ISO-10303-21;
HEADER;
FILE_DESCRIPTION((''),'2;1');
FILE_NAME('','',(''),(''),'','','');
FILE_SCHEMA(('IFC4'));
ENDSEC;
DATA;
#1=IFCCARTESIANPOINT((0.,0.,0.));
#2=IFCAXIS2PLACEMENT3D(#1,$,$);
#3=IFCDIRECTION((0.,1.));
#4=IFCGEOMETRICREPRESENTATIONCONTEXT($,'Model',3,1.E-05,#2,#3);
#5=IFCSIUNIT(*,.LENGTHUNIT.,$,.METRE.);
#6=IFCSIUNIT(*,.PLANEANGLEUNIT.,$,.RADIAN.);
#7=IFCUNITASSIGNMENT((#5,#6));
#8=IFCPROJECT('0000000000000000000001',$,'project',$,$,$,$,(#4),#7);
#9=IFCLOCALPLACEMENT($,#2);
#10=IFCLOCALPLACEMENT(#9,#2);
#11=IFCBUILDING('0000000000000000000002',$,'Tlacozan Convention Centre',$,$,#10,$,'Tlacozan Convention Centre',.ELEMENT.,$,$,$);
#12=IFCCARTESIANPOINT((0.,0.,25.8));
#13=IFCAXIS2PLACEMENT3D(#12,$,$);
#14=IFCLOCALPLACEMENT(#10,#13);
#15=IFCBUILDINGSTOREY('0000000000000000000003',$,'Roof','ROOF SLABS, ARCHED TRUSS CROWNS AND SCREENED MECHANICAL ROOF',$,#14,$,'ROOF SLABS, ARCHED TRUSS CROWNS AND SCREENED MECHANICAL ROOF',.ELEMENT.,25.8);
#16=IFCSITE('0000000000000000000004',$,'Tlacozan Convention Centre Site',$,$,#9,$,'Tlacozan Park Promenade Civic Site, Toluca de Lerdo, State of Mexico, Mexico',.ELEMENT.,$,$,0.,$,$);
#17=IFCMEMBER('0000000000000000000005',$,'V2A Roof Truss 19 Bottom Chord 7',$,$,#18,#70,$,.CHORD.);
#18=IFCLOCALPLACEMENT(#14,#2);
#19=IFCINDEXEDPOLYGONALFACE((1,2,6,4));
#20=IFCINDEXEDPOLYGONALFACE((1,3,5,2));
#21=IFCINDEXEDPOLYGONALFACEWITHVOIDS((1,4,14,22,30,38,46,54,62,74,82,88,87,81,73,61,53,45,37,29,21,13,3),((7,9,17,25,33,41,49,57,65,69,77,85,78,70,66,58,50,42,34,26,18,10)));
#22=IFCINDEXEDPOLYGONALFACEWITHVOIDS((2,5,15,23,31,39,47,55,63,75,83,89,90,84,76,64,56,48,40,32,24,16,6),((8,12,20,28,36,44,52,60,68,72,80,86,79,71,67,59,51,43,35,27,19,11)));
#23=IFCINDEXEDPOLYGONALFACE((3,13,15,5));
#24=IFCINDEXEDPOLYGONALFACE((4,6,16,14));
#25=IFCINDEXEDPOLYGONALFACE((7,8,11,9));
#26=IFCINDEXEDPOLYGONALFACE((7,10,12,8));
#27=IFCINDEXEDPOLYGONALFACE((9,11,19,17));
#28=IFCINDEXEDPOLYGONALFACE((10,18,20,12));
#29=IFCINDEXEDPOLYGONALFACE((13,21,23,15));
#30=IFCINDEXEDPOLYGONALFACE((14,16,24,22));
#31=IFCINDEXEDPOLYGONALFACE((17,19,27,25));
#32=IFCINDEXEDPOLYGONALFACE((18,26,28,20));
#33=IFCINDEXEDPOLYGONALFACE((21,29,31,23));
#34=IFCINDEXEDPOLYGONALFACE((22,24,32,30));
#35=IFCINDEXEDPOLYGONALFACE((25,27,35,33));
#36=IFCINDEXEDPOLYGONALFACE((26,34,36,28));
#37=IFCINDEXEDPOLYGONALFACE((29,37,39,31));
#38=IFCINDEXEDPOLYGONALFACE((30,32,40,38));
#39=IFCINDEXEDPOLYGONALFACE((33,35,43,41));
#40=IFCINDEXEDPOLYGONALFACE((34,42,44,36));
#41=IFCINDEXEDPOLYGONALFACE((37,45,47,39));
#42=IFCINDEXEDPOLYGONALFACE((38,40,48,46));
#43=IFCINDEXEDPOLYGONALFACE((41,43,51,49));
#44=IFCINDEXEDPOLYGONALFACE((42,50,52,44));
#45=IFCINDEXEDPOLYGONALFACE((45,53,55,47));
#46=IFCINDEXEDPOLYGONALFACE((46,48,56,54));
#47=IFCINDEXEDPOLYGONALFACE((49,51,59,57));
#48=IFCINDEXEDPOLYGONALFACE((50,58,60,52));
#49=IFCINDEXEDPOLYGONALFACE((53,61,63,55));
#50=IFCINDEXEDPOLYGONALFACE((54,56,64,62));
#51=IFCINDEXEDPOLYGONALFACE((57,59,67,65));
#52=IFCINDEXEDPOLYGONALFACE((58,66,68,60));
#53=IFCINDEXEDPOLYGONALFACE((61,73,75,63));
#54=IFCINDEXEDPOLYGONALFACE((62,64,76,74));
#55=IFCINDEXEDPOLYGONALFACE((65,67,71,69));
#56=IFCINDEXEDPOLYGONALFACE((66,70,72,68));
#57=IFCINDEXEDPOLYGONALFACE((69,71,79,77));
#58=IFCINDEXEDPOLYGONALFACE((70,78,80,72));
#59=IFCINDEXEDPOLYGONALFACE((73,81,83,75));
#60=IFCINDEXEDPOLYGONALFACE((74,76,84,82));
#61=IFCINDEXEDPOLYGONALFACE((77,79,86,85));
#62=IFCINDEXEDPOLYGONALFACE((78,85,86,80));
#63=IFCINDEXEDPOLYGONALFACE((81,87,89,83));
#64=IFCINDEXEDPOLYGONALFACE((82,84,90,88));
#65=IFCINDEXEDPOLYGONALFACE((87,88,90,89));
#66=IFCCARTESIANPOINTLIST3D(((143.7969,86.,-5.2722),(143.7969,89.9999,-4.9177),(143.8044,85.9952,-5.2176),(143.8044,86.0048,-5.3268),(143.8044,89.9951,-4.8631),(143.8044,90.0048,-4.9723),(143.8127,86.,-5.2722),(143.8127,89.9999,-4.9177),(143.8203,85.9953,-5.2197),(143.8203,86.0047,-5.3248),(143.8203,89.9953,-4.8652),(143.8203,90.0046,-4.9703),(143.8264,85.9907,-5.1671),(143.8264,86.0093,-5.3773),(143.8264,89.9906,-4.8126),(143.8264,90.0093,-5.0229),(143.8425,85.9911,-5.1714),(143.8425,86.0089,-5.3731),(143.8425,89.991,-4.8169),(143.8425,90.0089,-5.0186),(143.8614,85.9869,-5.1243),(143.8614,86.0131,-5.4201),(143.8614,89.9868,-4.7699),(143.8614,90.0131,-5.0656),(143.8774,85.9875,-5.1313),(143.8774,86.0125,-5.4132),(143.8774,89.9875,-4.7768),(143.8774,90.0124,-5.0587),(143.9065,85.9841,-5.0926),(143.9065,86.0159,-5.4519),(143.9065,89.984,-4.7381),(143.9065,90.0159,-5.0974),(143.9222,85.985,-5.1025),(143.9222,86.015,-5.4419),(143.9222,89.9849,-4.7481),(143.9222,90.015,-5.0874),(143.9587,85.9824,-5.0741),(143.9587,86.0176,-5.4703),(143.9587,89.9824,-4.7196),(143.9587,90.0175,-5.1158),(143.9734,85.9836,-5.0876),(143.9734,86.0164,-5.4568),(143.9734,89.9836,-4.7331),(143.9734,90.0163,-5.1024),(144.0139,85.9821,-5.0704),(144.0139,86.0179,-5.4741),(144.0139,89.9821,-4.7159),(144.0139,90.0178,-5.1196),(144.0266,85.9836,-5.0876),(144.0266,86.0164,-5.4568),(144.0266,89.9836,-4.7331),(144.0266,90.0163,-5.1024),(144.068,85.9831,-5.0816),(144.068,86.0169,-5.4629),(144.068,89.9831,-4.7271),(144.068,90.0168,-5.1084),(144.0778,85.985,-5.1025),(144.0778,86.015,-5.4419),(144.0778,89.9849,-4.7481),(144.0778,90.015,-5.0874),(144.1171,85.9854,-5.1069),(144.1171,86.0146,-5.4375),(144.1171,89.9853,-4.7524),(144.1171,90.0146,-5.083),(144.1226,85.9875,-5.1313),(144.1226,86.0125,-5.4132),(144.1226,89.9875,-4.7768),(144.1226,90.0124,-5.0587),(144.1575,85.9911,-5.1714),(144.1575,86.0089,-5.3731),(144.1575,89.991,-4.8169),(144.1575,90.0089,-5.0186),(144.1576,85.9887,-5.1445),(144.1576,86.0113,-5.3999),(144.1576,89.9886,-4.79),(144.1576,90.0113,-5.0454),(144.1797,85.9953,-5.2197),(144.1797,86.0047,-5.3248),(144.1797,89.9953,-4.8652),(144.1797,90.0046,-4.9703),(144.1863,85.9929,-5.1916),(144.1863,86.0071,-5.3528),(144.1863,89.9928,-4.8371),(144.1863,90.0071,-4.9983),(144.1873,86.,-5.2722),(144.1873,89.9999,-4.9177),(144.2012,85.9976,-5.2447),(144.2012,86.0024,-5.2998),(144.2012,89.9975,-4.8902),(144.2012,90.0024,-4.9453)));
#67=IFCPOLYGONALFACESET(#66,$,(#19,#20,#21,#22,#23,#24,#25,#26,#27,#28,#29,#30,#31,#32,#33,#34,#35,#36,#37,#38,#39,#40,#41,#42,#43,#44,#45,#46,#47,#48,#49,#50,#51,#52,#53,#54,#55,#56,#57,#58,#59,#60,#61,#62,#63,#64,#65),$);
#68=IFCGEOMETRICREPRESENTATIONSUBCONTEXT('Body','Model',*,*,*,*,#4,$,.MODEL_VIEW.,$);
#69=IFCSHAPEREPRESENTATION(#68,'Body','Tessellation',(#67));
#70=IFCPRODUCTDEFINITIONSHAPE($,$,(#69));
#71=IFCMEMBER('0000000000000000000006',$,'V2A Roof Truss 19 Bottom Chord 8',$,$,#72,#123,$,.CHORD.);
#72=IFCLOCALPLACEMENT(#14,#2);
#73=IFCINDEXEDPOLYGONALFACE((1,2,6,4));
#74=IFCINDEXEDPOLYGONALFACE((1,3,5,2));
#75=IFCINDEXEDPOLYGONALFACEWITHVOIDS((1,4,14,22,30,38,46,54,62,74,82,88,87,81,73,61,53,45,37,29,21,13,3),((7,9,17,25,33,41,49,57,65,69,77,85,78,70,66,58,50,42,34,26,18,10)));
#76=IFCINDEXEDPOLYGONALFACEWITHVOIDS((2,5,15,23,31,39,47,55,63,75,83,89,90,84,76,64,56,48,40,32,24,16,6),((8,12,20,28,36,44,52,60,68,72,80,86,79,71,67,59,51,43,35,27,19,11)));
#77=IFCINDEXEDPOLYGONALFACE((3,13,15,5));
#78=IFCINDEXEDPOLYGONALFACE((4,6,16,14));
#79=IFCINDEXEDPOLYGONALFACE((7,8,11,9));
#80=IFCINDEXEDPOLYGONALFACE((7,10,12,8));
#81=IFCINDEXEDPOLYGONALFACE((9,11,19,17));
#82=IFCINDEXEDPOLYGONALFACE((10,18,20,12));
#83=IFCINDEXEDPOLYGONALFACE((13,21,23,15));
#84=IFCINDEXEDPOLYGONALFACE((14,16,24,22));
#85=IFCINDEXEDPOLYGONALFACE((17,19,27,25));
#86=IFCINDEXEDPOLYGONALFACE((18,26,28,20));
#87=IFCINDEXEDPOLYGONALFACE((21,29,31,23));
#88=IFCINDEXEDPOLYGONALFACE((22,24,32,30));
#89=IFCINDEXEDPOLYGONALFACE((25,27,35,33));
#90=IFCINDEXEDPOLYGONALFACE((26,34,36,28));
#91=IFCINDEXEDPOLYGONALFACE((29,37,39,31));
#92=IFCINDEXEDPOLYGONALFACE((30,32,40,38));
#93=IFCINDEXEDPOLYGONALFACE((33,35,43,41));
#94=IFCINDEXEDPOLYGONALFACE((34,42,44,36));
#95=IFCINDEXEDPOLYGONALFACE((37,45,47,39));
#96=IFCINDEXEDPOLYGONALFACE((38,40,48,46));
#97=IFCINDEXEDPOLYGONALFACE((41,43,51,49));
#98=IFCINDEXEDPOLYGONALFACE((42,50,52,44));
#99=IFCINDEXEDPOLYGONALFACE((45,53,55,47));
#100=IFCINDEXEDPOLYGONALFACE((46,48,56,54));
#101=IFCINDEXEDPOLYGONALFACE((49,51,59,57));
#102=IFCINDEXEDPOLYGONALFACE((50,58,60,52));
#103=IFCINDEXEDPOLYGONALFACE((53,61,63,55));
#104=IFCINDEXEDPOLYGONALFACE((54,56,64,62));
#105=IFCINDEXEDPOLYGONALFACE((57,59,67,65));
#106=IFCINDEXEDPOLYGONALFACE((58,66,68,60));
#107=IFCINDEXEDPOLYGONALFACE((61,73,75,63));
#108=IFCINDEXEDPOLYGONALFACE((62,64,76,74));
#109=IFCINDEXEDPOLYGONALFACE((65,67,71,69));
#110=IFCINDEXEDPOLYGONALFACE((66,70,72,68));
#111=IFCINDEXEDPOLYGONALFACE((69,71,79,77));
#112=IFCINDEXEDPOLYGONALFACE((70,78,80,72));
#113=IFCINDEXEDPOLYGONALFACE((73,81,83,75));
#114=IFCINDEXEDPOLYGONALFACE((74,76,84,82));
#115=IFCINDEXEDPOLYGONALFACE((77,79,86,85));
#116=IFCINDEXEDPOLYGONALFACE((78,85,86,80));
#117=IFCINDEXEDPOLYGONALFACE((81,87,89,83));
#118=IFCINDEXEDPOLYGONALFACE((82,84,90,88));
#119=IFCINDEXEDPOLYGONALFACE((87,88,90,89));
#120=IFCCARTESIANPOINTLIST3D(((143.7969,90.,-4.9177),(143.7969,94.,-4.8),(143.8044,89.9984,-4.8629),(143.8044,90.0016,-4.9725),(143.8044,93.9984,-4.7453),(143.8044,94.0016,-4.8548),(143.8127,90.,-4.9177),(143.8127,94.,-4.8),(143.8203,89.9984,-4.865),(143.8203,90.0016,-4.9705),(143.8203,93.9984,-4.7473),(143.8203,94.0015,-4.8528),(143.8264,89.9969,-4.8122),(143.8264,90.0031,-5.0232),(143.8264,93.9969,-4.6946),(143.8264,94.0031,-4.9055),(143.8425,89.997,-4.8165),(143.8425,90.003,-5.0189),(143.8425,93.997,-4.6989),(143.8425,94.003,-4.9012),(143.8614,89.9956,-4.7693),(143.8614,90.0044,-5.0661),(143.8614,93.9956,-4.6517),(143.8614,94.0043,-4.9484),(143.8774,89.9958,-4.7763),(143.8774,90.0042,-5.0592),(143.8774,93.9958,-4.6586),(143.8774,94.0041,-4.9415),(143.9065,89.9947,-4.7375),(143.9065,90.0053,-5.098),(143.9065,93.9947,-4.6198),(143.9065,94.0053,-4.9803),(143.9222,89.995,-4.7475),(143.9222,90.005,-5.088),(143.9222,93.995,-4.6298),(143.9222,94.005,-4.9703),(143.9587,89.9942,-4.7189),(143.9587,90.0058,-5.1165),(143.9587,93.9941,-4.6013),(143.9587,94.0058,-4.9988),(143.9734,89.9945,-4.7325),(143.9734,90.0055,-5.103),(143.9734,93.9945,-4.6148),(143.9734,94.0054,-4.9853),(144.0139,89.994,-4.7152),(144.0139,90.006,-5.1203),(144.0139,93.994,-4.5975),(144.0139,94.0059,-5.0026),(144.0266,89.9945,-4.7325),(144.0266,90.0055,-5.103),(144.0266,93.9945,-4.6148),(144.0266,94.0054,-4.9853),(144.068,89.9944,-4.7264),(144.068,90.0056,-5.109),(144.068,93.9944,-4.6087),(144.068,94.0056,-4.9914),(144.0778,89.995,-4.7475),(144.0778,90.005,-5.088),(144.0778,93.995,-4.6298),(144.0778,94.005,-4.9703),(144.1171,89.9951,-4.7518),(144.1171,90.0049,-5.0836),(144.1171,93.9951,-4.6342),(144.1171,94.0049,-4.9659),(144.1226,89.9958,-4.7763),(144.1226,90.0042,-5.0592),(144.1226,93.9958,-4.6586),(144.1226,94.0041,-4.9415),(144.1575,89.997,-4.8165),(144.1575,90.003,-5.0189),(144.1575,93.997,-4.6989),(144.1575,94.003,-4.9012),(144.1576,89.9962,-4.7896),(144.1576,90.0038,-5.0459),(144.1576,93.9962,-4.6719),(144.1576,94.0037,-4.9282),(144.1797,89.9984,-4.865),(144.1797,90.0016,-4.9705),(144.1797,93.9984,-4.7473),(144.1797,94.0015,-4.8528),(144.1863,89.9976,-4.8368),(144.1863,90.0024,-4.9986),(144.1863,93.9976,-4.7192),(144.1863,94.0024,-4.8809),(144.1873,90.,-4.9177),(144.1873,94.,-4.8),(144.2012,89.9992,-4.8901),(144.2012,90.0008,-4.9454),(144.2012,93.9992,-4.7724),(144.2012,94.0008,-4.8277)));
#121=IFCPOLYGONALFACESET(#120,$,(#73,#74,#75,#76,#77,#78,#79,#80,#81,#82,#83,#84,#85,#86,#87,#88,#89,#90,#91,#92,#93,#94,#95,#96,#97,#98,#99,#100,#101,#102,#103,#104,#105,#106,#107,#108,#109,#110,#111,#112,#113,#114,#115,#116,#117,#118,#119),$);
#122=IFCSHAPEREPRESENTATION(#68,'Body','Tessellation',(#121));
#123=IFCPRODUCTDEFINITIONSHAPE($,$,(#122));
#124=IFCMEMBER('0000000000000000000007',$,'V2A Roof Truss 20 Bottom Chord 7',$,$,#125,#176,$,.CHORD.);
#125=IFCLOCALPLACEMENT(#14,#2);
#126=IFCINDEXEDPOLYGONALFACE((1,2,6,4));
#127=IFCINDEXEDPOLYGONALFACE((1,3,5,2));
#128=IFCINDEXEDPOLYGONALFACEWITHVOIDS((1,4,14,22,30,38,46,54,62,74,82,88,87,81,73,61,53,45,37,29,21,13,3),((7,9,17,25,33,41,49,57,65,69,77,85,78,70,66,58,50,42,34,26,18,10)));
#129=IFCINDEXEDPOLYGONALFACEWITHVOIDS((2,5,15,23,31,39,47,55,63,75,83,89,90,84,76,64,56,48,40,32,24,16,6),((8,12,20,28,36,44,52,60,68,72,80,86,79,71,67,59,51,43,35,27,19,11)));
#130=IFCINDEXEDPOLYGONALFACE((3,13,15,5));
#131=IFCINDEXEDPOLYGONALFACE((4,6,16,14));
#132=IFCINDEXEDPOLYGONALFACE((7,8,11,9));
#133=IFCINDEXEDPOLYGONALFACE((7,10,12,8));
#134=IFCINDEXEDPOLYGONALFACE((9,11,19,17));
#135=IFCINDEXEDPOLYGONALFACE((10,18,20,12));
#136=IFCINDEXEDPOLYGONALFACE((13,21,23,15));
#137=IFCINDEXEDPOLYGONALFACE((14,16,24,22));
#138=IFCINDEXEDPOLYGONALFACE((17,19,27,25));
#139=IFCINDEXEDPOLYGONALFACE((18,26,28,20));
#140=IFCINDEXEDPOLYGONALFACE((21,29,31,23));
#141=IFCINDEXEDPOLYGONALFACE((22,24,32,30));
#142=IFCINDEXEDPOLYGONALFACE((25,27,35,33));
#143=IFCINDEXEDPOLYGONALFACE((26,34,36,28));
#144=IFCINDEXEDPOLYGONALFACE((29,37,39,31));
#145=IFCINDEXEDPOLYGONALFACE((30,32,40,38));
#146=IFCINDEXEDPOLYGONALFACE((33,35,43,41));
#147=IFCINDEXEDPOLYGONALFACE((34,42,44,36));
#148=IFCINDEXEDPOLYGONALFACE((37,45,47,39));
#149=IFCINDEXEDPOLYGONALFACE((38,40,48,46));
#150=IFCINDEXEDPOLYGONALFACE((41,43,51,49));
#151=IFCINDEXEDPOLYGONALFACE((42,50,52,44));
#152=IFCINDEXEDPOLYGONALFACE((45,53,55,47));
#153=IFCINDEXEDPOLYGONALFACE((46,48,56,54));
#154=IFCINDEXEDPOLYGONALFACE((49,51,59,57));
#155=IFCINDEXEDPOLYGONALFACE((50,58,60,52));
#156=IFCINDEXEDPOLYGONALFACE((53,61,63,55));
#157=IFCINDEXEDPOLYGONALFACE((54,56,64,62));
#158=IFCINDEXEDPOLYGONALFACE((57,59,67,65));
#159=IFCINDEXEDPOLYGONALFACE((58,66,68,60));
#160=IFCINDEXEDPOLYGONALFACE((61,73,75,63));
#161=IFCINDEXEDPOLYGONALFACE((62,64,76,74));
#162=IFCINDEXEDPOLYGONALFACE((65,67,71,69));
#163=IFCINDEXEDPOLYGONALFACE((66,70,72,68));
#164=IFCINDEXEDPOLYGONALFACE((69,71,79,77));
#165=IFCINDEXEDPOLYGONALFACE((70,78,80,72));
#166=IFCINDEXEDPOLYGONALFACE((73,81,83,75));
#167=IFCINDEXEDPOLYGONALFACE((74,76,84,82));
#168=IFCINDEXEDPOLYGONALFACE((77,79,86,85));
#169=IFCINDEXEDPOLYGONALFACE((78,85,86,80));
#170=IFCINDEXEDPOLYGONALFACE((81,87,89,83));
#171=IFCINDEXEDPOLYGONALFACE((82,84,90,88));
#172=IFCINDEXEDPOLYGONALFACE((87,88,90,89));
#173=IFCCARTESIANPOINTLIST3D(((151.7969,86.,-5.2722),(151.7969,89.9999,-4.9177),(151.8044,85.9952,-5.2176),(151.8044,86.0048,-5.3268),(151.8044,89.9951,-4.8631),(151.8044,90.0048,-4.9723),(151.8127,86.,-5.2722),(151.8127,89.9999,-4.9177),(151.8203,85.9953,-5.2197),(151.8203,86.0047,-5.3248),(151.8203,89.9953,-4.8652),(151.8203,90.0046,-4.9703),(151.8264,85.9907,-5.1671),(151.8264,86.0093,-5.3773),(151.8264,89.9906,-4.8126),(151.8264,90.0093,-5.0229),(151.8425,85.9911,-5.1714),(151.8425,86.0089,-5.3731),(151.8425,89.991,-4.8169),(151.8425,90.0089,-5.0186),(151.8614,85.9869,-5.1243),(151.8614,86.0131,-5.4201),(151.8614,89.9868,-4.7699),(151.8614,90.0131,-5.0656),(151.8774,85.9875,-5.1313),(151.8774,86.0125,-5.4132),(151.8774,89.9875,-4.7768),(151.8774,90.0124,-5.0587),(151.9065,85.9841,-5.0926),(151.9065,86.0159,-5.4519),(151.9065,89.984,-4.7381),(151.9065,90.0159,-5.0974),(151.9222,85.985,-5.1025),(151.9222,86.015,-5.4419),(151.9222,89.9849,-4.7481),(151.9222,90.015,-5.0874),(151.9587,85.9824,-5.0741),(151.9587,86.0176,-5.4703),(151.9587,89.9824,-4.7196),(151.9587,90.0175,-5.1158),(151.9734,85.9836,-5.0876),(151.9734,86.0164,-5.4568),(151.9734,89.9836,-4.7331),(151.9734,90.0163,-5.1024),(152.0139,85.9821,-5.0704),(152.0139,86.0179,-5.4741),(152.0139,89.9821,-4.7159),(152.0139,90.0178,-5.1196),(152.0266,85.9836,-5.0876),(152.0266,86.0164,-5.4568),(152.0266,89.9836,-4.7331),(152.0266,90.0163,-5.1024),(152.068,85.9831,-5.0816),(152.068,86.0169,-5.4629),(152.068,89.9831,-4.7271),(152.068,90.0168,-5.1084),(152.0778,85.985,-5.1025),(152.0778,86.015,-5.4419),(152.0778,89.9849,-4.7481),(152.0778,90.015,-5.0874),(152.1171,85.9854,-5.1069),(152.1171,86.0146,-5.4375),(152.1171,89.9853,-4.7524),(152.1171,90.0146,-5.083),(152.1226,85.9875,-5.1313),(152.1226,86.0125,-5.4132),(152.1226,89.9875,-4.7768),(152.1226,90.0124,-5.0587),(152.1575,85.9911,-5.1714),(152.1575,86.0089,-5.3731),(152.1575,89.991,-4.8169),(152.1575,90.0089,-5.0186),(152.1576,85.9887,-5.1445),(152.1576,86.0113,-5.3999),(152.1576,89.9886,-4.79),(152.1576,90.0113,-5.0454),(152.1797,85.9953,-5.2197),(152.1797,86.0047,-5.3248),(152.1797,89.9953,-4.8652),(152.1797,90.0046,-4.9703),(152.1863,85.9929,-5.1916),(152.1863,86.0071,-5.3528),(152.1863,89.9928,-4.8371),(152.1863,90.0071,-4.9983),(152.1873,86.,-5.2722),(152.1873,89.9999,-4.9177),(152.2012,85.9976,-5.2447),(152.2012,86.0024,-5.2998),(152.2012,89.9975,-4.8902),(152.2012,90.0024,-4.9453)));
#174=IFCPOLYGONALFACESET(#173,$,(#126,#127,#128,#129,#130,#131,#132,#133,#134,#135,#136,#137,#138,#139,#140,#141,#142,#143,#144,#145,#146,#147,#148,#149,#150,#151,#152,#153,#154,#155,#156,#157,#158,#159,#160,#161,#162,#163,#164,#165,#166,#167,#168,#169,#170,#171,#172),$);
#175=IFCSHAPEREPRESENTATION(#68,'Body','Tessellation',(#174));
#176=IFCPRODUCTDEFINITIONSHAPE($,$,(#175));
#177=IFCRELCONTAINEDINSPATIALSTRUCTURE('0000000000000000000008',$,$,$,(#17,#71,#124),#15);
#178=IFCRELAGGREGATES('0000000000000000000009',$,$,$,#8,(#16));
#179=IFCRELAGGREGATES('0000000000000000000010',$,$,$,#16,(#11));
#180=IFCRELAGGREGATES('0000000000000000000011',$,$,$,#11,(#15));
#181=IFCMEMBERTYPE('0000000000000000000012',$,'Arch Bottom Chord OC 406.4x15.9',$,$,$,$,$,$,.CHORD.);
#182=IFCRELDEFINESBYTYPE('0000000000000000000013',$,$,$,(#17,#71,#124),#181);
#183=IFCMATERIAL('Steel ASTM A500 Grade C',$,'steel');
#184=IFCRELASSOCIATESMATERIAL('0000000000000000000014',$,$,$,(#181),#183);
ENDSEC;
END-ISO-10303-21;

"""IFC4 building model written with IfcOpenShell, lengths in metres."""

from ifc_helpers import new_model, si_unit, direction, frame, origin, origin_2d, place, context, subcontext, project, spatial, hollow_circle, extrude, material, material_profile, profile_set, type_object, element, save


model = new_model("IFC4")

# Units and contexts
model_context = context("Model", 3, precision=1e-05, world=origin(), true_north=direction((0.0, 1.0)))
body_context = subcontext(model_context, "Body", "Model", "MODEL_VIEW")
ifc_project = project(units=[si_unit("LENGTHUNIT", "METRE"), si_unit("PLANEANGLEUNIT", "RADIAN")], contexts=[model_context])

# Site, building, storey
site_placement = place(None, origin())
site = spatial("IfcSite", under=ifc_project, at=site_placement, Name="Tlacozan Convention Centre Site", LongName="Tlacozan Park Promenade Civic Site, Toluca de Lerdo, State of Mexico, Mexico", CompositionType="ELEMENT", RefElevation=0.0)
building_placement = place(site_placement, origin())
building = spatial("IfcBuilding", under=site, at=building_placement, Name="Tlacozan Convention Centre", LongName="Tlacozan Convention Centre", CompositionType="ELEMENT")
storey_placement = place(building_placement, frame((0.0, 0.0, 25.8)))
storey = spatial("IfcBuildingStorey", under=building, at=storey_placement, Name="Roof", Description="ROOF SLABS, ARCHED TRUSS CROWNS AND SCREENED MECHANICAL ROOF", LongName="ROOF SLABS, ARCHED TRUSS CROWNS AND SCREENED MECHANICAL ROOF", CompositionType="ELEMENT", Elevation=25.8)

# Members
ifc_material_1 = material(Name="Steel ASTM A500 Grade C", Category="steel")
ifc_material_profile_1 = material_profile(ifc_material_1, hollow_circle(Radius=0.2031, WallThickness=0.0159, at=origin_2d()), Name="OC 406.4x15.9")
ifc_profile_set_1 = profile_set([ifc_material_profile_1], Name="Steel ASTM A500 Grade C")
member_type_1 = type_object("IfcMemberType", Name="Arch Bottom Chord OC 406.4x15.9", PredefinedType="CHORD", material=ifc_profile_set_1)
member_1_placement = place(storey_placement, frame((144.0, 86.0, -5.2722), z_axis=(0.0, 0.996096, 0.088277), x_axis=(-1.0, 0.0, 0.0)))
element("IfcMember", 1, at=member_1_placement, inside=storey, type_object=member_type_1, Name="V2A Roof Truss 19 Bottom Chord 7", PredefinedType="CHORD", context=body_context, shape_type="SweptSolid", body=[
    extrude(hollow_circle(Radius=0.2031, WallThickness=0.0159, at=origin_2d()), origin(), (0.0, 0.0, 1.0), 4.0156),
])
member_2_placement = place(storey_placement, frame((144.0, 90.0, -4.9177), z_axis=(0.0, 0.999568, 0.029406), x_axis=(-1.0, 0.0, 0.0)))
element("IfcMember", 2, at=member_2_placement, inside=storey, type_object=member_type_1, Name="V2A Roof Truss 19 Bottom Chord 8", PredefinedType="CHORD", context=body_context, shape_type="SweptSolid", body=[
    extrude(hollow_circle(Radius=0.2031, WallThickness=0.0159, at=origin_2d()), origin(), (0.0, 0.0, 1.0), 4.0017),
])
member_3_placement = place(storey_placement, frame((152.0, 86.0, -5.2722), z_axis=(0.0, 0.996096, 0.088277), x_axis=(-1.0, 0.0, 0.0)))
element("IfcMember", 3, at=member_3_placement, inside=storey, type_object=member_type_1, Name="V2A Roof Truss 20 Bottom Chord 7", PredefinedType="CHORD", context=body_context, shape_type="SweptSolid", body=[
    extrude(hollow_circle(Radius=0.2031, WallThickness=0.0159, at=origin_2d()), origin(), (0.0, 0.0, 1.0), 4.0156),
])

save(model, "model.ifc")
